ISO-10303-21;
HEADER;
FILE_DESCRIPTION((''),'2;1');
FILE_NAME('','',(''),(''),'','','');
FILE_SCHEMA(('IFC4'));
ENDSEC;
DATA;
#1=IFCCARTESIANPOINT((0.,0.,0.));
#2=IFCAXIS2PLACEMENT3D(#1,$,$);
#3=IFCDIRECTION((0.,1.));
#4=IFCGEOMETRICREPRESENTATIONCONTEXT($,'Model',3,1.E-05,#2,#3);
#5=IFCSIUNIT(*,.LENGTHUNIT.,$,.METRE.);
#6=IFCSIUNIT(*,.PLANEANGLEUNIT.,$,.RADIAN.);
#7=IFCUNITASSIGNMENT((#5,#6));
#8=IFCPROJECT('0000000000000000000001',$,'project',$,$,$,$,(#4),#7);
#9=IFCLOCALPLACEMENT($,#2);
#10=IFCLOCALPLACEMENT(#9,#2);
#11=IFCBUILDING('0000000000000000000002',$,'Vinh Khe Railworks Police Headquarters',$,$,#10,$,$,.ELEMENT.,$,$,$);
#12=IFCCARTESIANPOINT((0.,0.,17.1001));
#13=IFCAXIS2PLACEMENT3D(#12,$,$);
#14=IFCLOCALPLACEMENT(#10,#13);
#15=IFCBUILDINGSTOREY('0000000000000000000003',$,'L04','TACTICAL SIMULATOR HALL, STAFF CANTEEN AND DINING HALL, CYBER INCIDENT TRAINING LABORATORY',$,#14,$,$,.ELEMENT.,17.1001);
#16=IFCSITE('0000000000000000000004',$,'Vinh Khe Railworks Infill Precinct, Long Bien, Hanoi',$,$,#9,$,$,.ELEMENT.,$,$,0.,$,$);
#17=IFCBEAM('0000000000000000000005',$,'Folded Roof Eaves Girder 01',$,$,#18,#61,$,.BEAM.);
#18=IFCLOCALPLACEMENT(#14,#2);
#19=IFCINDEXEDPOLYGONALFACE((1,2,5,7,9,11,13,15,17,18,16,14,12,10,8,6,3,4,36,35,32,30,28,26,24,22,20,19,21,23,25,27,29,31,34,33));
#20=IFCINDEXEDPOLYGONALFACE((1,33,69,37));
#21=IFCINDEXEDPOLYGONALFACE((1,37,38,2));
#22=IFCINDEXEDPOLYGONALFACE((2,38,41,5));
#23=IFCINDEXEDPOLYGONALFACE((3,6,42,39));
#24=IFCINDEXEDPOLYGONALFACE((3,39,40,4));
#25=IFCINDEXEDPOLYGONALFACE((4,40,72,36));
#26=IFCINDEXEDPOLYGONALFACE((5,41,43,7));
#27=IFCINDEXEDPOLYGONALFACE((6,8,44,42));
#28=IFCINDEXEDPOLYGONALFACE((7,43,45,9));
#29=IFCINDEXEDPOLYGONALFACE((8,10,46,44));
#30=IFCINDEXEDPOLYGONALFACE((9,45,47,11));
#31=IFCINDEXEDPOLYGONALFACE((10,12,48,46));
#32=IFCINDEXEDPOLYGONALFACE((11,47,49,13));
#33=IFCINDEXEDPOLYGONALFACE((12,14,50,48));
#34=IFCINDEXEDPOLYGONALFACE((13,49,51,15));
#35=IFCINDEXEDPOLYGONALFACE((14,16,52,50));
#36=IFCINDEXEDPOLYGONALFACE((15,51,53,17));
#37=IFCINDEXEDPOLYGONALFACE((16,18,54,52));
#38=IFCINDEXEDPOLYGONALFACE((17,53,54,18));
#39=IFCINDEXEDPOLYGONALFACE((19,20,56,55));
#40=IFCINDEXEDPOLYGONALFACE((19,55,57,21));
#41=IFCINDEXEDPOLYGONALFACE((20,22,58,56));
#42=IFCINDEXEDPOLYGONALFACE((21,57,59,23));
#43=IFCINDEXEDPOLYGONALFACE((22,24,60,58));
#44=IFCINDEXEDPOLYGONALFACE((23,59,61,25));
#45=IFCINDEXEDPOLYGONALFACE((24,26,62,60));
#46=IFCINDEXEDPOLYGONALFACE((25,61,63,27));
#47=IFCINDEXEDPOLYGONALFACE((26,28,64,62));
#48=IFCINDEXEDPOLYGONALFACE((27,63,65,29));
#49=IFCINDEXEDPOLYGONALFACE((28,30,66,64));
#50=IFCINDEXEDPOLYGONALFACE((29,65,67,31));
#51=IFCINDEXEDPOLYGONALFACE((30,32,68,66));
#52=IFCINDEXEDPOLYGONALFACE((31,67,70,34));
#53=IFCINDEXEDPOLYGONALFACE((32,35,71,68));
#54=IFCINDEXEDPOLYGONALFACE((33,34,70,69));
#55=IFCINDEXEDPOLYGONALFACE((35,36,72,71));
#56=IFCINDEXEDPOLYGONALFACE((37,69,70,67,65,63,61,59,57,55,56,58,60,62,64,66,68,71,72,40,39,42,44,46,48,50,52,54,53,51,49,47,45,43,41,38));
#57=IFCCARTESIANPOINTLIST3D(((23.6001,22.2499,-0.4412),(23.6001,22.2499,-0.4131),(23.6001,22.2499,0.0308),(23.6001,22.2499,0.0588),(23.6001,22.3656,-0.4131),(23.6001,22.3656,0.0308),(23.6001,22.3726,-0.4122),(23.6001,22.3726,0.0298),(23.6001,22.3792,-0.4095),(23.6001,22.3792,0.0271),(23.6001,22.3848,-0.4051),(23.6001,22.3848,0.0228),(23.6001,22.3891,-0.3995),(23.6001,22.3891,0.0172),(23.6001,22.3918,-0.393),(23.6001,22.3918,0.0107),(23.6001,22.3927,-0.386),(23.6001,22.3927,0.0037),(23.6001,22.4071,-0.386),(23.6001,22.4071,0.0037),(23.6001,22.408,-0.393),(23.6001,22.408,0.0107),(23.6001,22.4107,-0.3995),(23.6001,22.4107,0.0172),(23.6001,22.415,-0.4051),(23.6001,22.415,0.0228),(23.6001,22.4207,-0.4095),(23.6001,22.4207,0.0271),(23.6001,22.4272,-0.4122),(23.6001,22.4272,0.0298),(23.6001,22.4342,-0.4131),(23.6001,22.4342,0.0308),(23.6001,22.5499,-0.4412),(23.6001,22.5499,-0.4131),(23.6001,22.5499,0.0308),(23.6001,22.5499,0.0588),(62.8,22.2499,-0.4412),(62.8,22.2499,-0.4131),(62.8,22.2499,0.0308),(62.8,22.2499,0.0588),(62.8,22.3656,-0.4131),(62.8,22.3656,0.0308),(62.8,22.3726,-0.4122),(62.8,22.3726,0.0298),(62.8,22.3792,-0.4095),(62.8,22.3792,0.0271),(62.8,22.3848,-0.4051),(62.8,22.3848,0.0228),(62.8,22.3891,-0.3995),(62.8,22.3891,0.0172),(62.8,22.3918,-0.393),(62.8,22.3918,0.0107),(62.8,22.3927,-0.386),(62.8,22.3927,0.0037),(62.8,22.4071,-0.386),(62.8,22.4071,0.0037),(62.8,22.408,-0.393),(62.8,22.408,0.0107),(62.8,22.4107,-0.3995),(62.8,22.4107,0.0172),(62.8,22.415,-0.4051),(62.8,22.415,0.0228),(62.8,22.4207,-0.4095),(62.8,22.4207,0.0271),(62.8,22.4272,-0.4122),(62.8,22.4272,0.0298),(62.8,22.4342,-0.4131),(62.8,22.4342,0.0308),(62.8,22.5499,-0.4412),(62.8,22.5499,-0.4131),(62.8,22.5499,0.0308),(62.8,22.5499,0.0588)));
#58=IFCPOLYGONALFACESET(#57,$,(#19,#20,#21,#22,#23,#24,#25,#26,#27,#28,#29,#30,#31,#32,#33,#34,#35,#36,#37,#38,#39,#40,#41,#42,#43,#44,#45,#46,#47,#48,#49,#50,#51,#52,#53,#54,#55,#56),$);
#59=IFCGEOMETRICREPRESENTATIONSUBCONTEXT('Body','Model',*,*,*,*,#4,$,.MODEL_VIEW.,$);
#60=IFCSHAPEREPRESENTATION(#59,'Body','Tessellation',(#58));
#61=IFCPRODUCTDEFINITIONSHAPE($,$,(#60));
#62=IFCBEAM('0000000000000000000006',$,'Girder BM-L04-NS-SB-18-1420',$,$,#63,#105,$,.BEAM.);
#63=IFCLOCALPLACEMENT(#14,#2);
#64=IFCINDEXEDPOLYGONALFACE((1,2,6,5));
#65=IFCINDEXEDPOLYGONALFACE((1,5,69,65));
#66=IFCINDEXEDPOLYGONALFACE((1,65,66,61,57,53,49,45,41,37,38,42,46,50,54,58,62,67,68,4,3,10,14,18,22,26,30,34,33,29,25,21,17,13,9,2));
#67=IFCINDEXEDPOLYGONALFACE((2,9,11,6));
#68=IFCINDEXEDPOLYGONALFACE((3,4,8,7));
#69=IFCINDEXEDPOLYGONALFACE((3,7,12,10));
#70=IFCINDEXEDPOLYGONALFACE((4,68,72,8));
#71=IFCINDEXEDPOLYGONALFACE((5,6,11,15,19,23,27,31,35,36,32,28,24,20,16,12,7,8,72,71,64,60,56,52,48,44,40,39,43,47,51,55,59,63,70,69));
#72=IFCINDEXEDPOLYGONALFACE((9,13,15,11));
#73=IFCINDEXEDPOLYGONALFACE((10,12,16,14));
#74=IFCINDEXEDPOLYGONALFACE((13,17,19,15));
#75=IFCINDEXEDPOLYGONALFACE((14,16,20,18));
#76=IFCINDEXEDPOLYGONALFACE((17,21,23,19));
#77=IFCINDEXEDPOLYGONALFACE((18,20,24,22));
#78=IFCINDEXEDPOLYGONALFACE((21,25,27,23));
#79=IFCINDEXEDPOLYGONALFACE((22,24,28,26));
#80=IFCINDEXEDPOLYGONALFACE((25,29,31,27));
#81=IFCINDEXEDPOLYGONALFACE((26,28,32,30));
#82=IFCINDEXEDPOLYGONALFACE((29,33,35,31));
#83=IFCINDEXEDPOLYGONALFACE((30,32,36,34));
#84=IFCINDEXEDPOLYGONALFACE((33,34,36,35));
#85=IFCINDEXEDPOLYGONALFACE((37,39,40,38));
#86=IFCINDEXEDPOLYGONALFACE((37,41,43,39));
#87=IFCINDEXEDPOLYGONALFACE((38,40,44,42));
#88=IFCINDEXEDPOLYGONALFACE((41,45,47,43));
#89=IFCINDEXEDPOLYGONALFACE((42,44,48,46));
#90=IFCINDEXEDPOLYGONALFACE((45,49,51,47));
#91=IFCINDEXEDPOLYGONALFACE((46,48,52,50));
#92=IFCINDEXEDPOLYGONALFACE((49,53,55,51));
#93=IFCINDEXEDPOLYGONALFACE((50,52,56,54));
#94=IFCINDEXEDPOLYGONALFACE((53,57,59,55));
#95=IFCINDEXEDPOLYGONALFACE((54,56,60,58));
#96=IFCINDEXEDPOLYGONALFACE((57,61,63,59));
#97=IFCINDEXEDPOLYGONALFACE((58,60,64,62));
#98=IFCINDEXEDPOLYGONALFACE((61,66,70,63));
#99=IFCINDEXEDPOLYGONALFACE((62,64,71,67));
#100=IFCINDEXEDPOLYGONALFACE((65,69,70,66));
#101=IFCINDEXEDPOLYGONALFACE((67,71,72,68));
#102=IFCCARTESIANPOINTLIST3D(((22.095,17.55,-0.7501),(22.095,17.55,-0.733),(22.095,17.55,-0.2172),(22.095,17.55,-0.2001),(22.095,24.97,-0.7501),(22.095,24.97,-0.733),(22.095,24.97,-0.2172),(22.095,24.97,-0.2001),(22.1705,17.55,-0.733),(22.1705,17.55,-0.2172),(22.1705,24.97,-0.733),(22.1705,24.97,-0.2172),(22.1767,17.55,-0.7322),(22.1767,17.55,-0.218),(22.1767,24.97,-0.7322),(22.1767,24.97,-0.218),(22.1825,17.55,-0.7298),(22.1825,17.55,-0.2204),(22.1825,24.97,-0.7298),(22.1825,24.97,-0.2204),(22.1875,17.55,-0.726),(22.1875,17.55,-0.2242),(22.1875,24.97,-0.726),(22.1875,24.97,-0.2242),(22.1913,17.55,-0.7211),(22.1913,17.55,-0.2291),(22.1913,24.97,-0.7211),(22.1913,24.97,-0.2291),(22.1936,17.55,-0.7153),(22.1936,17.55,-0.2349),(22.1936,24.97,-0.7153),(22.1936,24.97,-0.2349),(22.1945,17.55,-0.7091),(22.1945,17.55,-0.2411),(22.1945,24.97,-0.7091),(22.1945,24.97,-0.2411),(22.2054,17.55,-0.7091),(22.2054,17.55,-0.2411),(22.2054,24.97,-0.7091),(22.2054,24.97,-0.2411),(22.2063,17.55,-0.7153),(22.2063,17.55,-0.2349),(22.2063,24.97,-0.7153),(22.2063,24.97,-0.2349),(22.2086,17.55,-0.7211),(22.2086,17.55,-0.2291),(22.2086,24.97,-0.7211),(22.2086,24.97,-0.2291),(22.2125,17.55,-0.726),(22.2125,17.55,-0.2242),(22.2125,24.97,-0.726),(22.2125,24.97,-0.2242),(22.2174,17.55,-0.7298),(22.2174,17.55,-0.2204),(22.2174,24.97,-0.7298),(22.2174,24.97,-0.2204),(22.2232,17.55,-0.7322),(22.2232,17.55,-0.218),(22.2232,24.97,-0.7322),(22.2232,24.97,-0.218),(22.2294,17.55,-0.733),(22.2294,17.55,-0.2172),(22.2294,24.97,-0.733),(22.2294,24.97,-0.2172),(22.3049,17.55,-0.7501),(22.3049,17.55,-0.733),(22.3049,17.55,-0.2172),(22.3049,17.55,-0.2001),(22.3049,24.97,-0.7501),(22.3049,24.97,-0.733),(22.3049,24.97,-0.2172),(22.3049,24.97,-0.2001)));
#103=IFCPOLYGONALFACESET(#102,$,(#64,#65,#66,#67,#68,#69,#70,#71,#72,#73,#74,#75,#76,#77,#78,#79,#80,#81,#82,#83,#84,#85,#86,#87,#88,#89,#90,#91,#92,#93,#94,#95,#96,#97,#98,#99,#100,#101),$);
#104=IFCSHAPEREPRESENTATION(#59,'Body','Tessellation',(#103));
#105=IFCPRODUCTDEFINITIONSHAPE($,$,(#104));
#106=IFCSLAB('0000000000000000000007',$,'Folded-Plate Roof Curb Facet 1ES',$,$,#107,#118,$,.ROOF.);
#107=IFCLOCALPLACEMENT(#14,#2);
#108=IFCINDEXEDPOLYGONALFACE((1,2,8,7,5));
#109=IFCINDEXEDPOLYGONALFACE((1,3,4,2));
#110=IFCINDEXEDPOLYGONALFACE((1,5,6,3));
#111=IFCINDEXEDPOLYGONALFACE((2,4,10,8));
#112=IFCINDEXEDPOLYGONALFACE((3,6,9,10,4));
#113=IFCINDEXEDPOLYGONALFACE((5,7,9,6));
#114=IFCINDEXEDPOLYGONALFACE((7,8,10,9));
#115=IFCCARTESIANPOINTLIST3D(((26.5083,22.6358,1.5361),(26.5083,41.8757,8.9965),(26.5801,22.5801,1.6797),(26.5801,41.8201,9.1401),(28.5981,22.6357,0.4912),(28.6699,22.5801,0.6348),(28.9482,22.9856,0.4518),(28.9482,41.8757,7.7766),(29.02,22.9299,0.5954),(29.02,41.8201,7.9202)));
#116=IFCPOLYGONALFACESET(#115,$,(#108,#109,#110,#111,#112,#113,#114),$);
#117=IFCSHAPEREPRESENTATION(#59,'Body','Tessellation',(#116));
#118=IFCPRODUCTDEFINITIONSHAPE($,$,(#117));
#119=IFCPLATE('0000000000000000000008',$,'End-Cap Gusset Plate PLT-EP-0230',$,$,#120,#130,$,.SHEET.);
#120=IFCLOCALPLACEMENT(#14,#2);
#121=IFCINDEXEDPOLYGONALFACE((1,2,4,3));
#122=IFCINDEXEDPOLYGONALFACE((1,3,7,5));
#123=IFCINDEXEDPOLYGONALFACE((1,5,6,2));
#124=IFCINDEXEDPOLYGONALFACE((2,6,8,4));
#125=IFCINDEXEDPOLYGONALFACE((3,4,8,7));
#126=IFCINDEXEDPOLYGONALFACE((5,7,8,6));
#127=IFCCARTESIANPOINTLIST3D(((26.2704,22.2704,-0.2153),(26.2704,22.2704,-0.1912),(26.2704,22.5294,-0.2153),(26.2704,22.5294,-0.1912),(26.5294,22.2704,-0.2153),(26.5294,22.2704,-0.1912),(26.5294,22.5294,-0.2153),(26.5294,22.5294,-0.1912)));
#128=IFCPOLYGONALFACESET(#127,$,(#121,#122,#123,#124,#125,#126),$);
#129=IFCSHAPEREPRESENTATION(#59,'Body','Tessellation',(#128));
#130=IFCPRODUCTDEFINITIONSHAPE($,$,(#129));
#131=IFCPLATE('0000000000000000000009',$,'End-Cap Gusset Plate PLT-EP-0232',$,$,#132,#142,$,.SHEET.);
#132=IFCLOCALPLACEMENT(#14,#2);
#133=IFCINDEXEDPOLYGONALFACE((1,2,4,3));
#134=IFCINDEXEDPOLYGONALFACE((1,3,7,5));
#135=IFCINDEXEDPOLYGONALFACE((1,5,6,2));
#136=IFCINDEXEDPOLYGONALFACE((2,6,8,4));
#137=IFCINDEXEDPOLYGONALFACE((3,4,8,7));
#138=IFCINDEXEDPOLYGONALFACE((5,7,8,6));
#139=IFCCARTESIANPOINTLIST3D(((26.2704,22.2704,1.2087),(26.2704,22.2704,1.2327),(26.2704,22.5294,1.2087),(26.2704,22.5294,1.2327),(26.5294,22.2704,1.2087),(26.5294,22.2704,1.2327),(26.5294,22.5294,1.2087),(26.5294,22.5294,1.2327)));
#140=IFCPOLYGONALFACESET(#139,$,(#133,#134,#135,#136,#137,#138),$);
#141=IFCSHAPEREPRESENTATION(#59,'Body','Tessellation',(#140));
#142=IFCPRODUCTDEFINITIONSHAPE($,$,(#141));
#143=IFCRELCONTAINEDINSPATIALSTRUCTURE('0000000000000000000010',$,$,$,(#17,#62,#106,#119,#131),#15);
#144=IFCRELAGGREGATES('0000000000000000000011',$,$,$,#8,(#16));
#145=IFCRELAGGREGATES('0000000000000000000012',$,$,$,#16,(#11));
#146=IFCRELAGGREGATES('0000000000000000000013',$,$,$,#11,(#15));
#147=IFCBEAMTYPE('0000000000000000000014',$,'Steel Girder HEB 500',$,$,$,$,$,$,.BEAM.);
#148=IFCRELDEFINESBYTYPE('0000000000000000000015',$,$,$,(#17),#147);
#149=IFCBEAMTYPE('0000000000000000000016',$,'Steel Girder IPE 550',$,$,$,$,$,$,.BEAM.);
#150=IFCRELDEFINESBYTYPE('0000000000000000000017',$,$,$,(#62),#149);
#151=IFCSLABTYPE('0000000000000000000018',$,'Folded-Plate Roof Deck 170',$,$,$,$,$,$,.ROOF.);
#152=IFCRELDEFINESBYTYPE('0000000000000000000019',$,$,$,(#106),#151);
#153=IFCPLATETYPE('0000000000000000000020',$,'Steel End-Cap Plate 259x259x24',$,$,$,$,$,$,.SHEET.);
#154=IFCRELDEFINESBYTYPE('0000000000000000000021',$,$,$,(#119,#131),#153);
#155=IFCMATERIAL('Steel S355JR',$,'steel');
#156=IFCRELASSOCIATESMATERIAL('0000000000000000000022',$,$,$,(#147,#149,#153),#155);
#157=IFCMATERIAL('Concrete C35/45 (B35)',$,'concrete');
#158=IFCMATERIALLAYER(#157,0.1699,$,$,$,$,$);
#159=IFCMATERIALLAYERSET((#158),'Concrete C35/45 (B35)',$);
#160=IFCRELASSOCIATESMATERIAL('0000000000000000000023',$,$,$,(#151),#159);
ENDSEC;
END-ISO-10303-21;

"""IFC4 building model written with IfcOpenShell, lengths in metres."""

from ifc_helpers import new_model, si_unit, direction, frame, origin, origin_2d, place, context, subcontext, project, spatial, polyline, rectangle, i_section, outline, extrude, material, layer, layer_set, material_profile, profile_set, type_object, element, save


model = new_model("IFC4")

# Units and contexts
model_context = context("Model", 3, precision=1e-05, world=origin(), true_north=direction((0.0, 1.0)))
body_context = subcontext(model_context, "Body", "Model", "MODEL_VIEW")
ifc_project = project(units=[si_unit("LENGTHUNIT", "METRE"), si_unit("PLANEANGLEUNIT", "RADIAN")], contexts=[model_context])

# Site, building, storey
site_placement = place(None, origin())
site = spatial("IfcSite", under=ifc_project, at=site_placement, Name="Vinh Khe Railworks Infill Precinct, Long Bien, Hanoi", CompositionType="ELEMENT", RefElevation=0.0)
building_placement = place(site_placement, origin())
building = spatial("IfcBuilding", under=site, at=building_placement, Name="Vinh Khe Railworks Police Headquarters", CompositionType="ELEMENT")
storey_placement = place(building_placement, frame((0.0, 0.0, 17.1001)))
storey = spatial("IfcBuildingStorey", under=building, at=storey_placement, Name="L04", Description="TACTICAL SIMULATOR HALL, STAFF CANTEEN AND DINING HALL, CYBER INCIDENT TRAINING LABORATORY", CompositionType="ELEMENT", Elevation=17.1001)

# Shared definitions
ifc_material_1 = material(Name="Steel S355JR", Category="steel")

# Beams
ifc_material_profile_1 = material_profile(ifc_material_1, i_section(OverallWidth=0.3, OverallDepth=0.5, WebThickness=0.0144, FlangeThickness=0.0281, FilletRadius=0.0271, at=origin_2d()), Name="HEB 500")
ifc_profile_set_1 = profile_set([ifc_material_profile_1], Name="Steel S355JR")
beam_type_1 = type_object("IfcBeamType", Name="Steel Girder HEB 500", PredefinedType="BEAM", material=ifc_profile_set_1)
beam_1_placement = place(storey_placement, frame((23.6001, 22.3999, -0.1912), z_axis=(1.0, 0.0, 0.0), x_axis=(0.0, 1.0, 0.0)))
element("IfcBeam", 1, at=beam_1_placement, inside=storey, type_object=beam_type_1, Name="Folded Roof Eaves Girder 01", PredefinedType="BEAM", context=body_context, shape_type="SweptSolid", body=[
    extrude(i_section(OverallWidth=0.3, OverallDepth=0.5, WebThickness=0.0144, FlangeThickness=0.0281, FilletRadius=0.0271, at=origin_2d()), origin(), (0.0, 0.0, 1.0), 39.2),
])
ifc_material_profile_2 = material_profile(ifc_material_1, i_section(OverallWidth=0.21, OverallDepth=0.55, WebThickness=0.011, FlangeThickness=0.0171, FilletRadius=0.0239, at=origin_2d()), Name="IPE 550")
ifc_profile_set_2 = profile_set([ifc_material_profile_2], Name="Steel S355JR")
beam_type_2 = type_object("IfcBeamType", Name="Steel Girder IPE 550", PredefinedType="BEAM", material=ifc_profile_set_2)
beam_2_placement = place(storey_placement, frame((22.2, 17.55, -0.4751), z_axis=(0.0, 1.0, 0.0), x_axis=(-1.0, 0.0, 0.0)))
element("IfcBeam", 2, at=beam_2_placement, inside=storey, type_object=beam_type_2, Name="Girder BM-L04-NS-SB-18-1420", PredefinedType="BEAM", context=body_context, shape_type="SweptSolid", body=[
    extrude(i_section(OverallWidth=0.21, OverallDepth=0.55, WebThickness=0.011, FlangeThickness=0.0171, FilletRadius=0.0239, at=origin_2d()), origin(), (0.0, 0.0, 1.0), 7.4199),
])

# Slab
ifc_material_2 = material(Name="Concrete C35/45 (B35)", Category="concrete")
ifc_layer_1 = layer(ifc_material_2, 0.1699)
ifc_layer_set_1 = layer_set([ifc_layer_1], Name="Concrete C35/45 (B35)")
slab_type = type_object("IfcSlabType", Name="Folded-Plate Roof Deck 170", PredefinedType="ROOF", material=ifc_layer_set_1)
slab_1_placement = place(storey_placement, frame((26.5801, 22.5801, 1.6797), z_axis=(0.422512, -0.327675, 0.845052), x_axis=(0.894433, -0.000004, -0.447203)))
element("IfcSlab", 3, at=slab_1_placement, inside=storey, type_object=slab_type, Name="Folded-Plate Roof Curb Facet 1ES", PredefinedType="ROOF", context=body_context, shape_type="SweptSolid", body=[
    extrude(outline(polyline([(0.0, 0.0), (2.3365, 0.0), (2.6672, 0.3703), (-0.6085, 20.3643), (-3.3364, 20.3643), (0.0, 0.0)])), origin(), (0.0, 0.0, -1.0), 0.1699),
])

# Plates
ifc_material_profile_3 = material_profile(ifc_material_1, rectangle(XDim=0.259, YDim=0.259, at=origin_2d()), Name="PL 259x259")
ifc_profile_set_3 = profile_set([ifc_material_profile_3], Name="Steel S355JR")
plate_type = type_object("IfcPlateType", Name="Steel End-Cap Plate 259x259x24", PredefinedType="SHEET", material=ifc_profile_set_3)
plate_1_placement = place(storey_placement, frame((26.3999, 22.3999, -0.1912), z_axis=(0.0, 0.0, -1.0), x_axis=(1.0, 0.0, 0.0)))
element("IfcPlate", 4, at=plate_1_placement, inside=storey, type_object=plate_type, Name="End-Cap Gusset Plate PLT-EP-0230", PredefinedType="SHEET", context=body_context, shape_type="SweptSolid", body=[
    extrude(rectangle(XDim=0.259, YDim=0.259, at=origin_2d()), origin(), (0.0, 0.0, 1.0), 0.0242),
])
plate_2_placement = place(storey_placement, frame((26.3999, 22.3999, 1.2087), z_axis=(0.0, 0.0, 1.0), x_axis=(1.0, 0.0, 0.0)))
element("IfcPlate", 5, at=plate_2_placement, inside=storey, type_object=plate_type, Name="End-Cap Gusset Plate PLT-EP-0232", PredefinedType="SHEET", context=body_context, shape_type="SweptSolid", body=[
    extrude(rectangle(XDim=0.259, YDim=0.259, at=origin_2d()), origin(), (0.0, 0.0, 1.0), 0.0239),
])

save(model, "model.ifc")
